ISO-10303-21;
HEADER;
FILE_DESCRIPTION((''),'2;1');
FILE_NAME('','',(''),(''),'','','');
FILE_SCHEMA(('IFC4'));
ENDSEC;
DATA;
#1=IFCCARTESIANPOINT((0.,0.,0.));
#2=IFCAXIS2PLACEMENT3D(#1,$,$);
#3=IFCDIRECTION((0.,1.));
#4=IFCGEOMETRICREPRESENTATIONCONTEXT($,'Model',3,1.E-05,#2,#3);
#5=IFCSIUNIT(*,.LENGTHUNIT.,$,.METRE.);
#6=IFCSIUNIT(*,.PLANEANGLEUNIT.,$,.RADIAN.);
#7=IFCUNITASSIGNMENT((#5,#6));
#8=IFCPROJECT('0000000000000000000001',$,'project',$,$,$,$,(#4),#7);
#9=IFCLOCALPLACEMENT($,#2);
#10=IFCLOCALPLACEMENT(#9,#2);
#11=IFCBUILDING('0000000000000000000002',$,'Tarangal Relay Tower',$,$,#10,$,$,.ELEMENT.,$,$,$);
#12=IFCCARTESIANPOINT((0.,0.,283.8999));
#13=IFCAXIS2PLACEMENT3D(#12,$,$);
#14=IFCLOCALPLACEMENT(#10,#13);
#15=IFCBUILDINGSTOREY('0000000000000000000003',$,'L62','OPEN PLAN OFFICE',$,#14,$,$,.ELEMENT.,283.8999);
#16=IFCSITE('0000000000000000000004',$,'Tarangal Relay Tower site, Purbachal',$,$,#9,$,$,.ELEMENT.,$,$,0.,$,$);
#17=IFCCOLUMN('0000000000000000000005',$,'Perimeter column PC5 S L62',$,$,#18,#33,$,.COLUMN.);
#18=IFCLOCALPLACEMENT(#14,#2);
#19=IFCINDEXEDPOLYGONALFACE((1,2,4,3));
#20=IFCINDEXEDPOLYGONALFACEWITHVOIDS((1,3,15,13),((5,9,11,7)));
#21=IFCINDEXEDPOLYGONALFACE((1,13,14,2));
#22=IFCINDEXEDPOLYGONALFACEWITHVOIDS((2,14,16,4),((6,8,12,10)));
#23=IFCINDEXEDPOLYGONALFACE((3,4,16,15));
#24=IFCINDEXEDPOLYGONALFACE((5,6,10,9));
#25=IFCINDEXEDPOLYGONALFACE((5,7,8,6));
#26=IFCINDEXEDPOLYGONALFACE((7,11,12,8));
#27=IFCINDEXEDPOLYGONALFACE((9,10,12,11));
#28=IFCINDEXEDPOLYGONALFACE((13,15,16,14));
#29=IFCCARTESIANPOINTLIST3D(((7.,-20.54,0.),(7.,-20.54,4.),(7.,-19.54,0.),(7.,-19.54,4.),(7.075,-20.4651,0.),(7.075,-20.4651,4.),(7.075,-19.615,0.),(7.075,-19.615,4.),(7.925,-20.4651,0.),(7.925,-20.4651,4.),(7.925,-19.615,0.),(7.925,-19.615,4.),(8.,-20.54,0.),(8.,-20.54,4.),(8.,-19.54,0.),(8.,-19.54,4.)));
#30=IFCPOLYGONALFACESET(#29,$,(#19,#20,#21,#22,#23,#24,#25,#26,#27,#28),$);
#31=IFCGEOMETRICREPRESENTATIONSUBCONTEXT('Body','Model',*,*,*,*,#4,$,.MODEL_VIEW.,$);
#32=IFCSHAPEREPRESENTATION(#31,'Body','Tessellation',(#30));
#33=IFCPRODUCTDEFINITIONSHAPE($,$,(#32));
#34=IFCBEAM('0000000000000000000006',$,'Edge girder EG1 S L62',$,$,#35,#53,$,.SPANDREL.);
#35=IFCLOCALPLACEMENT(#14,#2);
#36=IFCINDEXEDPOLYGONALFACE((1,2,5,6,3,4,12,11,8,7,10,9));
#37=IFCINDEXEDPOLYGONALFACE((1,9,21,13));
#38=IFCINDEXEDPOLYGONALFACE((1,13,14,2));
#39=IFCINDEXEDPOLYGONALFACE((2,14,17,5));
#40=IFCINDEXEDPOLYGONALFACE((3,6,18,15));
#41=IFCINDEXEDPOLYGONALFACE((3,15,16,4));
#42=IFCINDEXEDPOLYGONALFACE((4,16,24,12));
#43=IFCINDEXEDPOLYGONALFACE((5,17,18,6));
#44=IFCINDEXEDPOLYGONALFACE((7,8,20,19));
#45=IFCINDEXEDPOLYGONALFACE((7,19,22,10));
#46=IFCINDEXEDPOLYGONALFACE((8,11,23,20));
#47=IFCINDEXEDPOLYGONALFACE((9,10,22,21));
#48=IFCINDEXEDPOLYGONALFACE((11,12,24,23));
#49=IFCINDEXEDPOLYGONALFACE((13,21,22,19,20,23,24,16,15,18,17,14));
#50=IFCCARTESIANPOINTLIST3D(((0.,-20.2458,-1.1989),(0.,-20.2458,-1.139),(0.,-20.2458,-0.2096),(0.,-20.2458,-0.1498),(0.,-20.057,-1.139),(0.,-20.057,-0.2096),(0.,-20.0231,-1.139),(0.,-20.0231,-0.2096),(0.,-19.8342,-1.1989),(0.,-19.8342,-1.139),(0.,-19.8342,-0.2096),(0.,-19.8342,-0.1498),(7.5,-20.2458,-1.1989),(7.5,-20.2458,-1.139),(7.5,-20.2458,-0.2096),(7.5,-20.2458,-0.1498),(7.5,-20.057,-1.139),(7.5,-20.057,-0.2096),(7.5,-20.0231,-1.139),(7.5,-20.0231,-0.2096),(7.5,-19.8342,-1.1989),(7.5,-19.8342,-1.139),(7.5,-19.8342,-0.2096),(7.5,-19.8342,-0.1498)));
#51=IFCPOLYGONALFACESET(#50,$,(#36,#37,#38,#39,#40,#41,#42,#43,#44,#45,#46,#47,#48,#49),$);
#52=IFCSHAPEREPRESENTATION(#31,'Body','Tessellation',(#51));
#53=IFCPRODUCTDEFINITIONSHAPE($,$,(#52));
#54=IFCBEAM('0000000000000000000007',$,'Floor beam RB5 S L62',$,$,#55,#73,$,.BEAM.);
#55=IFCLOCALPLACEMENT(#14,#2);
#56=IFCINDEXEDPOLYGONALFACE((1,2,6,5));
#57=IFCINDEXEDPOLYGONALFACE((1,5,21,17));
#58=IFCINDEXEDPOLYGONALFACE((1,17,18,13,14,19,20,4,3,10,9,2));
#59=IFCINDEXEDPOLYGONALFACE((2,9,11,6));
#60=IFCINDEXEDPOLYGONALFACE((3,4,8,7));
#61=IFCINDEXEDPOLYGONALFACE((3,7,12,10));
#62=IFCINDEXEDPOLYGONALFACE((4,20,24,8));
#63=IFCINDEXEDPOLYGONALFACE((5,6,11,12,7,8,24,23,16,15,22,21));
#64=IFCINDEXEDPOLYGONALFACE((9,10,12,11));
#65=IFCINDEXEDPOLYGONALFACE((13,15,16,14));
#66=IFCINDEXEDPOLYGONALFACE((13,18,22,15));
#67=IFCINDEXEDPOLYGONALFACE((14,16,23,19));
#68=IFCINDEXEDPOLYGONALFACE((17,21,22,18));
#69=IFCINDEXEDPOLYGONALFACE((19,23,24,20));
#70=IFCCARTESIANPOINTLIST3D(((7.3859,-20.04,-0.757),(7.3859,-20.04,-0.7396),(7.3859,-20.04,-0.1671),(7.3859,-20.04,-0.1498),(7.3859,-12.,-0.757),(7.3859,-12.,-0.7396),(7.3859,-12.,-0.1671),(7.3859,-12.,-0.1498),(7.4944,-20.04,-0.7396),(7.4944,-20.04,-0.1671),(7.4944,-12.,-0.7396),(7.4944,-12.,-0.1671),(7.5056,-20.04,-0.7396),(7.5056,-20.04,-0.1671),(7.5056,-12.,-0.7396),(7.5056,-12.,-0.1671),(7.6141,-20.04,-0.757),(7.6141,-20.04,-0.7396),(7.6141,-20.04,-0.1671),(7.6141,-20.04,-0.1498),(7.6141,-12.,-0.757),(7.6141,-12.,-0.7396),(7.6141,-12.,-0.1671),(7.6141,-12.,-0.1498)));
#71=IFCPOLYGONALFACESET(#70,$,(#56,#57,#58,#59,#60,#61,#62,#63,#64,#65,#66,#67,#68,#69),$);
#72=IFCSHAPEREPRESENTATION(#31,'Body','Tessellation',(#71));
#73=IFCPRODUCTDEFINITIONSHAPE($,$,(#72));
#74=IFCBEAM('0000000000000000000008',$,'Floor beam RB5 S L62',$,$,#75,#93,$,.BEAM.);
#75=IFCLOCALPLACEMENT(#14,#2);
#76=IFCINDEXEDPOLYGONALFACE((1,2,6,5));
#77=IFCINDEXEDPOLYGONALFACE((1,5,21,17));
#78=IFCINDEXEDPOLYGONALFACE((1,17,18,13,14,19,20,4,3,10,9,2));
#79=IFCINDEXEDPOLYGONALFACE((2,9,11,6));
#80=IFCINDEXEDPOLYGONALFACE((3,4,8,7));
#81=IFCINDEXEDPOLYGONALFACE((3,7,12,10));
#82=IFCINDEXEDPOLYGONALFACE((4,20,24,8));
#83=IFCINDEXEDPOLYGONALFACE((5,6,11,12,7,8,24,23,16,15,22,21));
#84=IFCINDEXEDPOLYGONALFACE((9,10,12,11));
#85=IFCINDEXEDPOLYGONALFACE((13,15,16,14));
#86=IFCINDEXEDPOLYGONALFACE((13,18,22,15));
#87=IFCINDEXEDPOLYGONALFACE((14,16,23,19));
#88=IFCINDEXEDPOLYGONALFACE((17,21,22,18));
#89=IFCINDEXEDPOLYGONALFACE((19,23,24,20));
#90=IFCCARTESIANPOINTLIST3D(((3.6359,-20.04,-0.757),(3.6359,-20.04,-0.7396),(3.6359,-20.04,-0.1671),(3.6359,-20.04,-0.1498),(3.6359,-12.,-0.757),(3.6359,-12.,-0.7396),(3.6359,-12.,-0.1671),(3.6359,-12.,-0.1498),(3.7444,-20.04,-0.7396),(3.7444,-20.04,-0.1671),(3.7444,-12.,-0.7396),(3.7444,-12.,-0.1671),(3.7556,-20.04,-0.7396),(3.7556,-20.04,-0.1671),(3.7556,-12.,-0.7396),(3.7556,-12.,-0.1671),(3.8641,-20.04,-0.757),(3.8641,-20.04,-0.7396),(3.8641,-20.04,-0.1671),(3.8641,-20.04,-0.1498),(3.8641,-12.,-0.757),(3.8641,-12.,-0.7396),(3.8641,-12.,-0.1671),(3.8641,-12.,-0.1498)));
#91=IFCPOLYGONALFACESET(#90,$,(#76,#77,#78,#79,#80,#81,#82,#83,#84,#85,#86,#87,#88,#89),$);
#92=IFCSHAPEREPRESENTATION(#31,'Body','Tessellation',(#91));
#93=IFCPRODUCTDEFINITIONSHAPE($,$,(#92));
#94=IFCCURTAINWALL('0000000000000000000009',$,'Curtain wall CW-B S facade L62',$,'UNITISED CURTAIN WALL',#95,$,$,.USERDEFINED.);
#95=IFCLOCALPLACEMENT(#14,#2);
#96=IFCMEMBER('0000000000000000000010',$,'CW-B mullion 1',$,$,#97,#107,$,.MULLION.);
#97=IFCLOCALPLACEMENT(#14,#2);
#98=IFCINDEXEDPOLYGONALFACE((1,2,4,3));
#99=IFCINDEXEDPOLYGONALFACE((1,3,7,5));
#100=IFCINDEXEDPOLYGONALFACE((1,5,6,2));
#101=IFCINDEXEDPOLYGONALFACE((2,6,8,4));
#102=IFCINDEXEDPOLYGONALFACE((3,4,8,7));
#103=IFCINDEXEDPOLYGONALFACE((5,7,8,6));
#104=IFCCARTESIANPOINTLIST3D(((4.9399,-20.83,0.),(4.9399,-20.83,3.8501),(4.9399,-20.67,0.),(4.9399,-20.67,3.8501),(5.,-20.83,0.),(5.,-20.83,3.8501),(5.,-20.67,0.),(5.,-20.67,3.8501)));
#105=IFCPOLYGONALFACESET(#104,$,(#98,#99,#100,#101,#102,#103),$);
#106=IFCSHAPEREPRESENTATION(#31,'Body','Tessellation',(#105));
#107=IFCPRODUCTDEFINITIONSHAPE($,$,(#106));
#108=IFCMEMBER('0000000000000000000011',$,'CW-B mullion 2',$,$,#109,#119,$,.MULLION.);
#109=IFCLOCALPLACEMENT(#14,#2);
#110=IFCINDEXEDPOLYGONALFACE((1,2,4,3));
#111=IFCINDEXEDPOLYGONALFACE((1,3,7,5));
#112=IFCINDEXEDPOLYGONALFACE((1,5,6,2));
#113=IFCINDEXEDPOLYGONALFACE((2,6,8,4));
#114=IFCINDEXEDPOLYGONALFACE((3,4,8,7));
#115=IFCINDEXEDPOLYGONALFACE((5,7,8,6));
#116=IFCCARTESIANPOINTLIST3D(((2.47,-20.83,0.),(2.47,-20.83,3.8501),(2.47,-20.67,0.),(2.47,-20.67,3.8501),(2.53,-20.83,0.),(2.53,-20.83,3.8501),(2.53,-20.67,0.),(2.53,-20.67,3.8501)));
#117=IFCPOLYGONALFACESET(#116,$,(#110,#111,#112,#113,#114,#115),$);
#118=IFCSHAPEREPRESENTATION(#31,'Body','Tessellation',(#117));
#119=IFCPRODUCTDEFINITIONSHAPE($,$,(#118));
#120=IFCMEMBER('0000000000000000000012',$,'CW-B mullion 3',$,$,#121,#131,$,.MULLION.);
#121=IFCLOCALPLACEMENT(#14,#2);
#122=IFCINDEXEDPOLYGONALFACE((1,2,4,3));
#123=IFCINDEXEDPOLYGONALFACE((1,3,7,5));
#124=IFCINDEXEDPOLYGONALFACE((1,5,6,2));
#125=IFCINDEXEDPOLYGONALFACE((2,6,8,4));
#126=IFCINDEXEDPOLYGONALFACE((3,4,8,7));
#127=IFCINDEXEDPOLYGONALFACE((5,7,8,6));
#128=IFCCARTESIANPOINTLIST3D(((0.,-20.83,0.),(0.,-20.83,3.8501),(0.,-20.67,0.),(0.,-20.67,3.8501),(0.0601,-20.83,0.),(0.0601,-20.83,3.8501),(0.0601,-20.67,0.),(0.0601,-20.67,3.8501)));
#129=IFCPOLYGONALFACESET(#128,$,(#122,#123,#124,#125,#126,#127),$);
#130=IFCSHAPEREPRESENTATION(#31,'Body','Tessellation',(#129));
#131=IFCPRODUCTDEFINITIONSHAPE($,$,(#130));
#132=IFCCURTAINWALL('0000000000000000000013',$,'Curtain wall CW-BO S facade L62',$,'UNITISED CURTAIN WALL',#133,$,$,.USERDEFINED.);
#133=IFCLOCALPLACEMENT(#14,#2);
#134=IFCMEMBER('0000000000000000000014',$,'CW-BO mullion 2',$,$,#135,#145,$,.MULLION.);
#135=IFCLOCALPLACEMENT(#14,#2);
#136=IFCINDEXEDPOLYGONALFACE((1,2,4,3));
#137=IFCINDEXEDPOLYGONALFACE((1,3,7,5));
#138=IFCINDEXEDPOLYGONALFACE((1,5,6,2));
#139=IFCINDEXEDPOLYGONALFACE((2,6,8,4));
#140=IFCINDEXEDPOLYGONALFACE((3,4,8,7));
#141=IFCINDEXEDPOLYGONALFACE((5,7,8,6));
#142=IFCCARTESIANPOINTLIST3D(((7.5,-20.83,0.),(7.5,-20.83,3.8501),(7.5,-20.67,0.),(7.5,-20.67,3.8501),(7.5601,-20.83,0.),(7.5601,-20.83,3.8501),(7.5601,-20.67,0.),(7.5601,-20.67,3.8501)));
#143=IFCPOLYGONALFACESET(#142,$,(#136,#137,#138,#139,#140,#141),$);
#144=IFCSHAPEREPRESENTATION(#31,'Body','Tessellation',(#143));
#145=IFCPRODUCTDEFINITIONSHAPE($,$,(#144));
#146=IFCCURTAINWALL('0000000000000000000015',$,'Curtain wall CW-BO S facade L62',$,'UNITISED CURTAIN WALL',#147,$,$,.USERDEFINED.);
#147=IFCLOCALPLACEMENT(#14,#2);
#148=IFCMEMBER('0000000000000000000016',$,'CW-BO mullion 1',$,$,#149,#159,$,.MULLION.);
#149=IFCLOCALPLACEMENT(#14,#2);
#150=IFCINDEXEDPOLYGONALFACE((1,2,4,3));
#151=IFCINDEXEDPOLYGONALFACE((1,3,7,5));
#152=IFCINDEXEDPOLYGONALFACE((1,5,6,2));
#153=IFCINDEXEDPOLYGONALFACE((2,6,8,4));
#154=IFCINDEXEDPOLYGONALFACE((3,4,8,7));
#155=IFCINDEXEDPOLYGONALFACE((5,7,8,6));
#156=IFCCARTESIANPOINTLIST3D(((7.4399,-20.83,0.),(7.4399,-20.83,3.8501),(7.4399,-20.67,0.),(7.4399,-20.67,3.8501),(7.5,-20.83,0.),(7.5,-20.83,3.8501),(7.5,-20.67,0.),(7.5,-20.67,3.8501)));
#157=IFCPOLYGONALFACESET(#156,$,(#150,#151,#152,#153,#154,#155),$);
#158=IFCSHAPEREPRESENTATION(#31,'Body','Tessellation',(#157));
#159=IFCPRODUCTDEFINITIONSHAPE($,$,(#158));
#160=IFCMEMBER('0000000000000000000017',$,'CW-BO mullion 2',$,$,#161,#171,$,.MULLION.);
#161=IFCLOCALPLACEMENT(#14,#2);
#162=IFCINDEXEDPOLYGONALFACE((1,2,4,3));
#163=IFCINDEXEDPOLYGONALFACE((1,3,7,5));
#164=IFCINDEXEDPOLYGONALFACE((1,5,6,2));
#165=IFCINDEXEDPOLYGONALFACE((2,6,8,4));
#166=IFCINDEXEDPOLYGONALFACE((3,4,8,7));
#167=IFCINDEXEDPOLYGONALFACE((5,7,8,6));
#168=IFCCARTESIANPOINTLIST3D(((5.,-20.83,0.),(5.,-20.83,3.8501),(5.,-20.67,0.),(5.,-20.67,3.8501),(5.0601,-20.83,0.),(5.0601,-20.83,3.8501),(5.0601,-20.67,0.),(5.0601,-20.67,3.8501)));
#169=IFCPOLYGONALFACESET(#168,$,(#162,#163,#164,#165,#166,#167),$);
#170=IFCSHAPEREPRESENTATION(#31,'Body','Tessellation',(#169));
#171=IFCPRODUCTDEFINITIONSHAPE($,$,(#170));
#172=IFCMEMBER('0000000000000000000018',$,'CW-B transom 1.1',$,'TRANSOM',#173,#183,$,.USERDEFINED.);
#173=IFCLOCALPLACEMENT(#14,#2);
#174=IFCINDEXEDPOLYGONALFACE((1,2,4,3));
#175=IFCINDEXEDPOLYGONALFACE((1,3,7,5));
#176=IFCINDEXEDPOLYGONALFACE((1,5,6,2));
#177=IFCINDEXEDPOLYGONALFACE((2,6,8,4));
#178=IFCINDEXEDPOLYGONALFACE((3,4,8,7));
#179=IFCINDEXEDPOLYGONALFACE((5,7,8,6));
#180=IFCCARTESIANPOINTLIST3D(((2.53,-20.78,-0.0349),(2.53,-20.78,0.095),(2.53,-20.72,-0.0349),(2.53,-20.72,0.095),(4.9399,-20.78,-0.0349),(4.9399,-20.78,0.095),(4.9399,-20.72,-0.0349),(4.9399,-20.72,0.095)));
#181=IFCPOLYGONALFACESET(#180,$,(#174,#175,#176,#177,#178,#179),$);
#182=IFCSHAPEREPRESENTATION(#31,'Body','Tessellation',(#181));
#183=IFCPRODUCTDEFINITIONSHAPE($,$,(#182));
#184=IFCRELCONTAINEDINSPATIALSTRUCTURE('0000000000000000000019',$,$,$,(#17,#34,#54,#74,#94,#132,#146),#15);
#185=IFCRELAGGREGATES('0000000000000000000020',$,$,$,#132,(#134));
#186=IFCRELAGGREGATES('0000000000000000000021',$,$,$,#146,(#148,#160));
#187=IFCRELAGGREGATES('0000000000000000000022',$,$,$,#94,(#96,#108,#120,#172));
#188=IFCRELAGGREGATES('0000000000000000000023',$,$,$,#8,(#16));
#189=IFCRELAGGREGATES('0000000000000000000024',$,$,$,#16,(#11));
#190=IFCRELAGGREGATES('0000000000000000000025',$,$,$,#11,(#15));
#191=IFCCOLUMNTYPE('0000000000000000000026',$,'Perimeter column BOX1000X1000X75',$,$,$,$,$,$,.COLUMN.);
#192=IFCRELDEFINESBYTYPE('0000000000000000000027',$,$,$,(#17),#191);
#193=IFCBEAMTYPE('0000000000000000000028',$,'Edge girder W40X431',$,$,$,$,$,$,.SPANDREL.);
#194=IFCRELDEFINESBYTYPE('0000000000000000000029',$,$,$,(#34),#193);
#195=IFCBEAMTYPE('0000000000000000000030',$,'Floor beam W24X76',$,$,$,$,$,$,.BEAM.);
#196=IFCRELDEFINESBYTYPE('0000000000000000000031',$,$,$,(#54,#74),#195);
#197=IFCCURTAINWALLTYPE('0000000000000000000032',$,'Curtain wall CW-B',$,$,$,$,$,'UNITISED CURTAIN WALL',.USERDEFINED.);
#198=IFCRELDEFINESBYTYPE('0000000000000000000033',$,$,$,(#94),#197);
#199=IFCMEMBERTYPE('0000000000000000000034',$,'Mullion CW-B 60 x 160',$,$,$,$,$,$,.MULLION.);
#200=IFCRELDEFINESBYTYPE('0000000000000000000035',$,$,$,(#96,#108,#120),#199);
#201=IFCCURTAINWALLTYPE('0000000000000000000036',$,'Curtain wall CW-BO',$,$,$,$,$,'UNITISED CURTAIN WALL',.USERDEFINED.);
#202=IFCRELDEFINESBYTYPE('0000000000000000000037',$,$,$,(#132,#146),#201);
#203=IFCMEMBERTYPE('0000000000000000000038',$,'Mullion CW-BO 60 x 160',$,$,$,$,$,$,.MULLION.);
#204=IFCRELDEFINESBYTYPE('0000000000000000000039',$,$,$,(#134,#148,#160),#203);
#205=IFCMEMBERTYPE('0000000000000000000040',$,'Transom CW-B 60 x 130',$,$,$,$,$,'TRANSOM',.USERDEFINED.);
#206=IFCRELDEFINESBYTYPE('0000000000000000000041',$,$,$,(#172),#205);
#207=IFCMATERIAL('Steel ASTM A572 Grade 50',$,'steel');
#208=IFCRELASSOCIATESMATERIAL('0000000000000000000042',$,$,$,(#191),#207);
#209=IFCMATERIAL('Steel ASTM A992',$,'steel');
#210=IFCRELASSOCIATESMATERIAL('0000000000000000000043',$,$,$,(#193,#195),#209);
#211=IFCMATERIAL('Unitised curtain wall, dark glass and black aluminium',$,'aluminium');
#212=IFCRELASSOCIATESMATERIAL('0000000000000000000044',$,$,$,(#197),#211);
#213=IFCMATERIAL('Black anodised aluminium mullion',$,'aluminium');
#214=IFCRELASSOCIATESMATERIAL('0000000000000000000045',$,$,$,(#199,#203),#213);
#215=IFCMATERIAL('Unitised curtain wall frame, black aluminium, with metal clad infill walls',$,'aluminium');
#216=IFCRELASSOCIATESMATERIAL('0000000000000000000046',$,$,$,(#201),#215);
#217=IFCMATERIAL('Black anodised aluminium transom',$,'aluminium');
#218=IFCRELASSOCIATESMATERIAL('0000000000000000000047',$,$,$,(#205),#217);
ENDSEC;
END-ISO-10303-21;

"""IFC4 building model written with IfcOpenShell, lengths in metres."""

from ifc_helpers import new_model, si_unit, direction, frame, origin, origin_2d, place, context, subcontext, project, spatial, rectangle, hollow_rectangle, i_section, extrude, material, material_profile, profile_set, type_object, element, aggregate, save


model = new_model("IFC4")

# Units and contexts
model_context = context("Model", 3, precision=1e-05, world=origin(), true_north=direction((0.0, 1.0)))
body_context = subcontext(model_context, "Body", "Model", "MODEL_VIEW")
ifc_project = project(units=[si_unit("LENGTHUNIT", "METRE"), si_unit("PLANEANGLEUNIT", "RADIAN")], contexts=[model_context])

# Site, building, storey
site_placement = place(None, origin())
site = spatial("IfcSite", under=ifc_project, at=site_placement, Name="Tarangal Relay Tower site, Purbachal", CompositionType="ELEMENT", RefElevation=0.0)
building_placement = place(site_placement, origin())
building = spatial("IfcBuilding", under=site, at=building_placement, Name="Tarangal Relay Tower", CompositionType="ELEMENT")
storey_placement = place(building_placement, frame((0.0, 0.0, 283.8999)))
storey = spatial("IfcBuildingStorey", under=building, at=storey_placement, Name="L62", Description="OPEN PLAN OFFICE", CompositionType="ELEMENT", Elevation=283.8999)

# Column
ifc_material_1 = material(Name="Steel ASTM A572 Grade 50", Category="steel")
ifc_material_profile_1 = material_profile(ifc_material_1, hollow_rectangle(XDim=1.0, YDim=1.0, WallThickness=0.075, at=origin_2d()), Name="BOX1000X1000X75")
ifc_profile_set_1 = profile_set([ifc_material_profile_1], Name="Steel ASTM A572 Grade 50")
column_type = type_object("IfcColumnType", Name="Perimeter column BOX1000X1000X75", PredefinedType="COLUMN", material=ifc_profile_set_1)
column_placement = place(storey_placement, frame((7.5, -20.04, 0.0), z_axis=(0.0, 0.0, 1.0), x_axis=(1.0, 0.0, 0.0)))
element("IfcColumn", 1, at=column_placement, inside=storey, type_object=column_type, Name="Perimeter column PC5 S L62", PredefinedType="COLUMN", context=body_context, shape_type="SweptSolid", body=[
    extrude(hollow_rectangle(XDim=1.0, YDim=1.0, WallThickness=0.075, at=origin_2d()), origin(), (0.0, 0.0, 1.0), 4.0),
])

# Beams
ifc_material_2 = material(Name="Steel ASTM A992", Category="steel")
ifc_material_profile_2 = material_profile(ifc_material_2, i_section(OverallWidth=0.4116, OverallDepth=1.0491, WebThickness=0.0339, FlangeThickness=0.0598, at=origin_2d()), Name="W40X431")
ifc_profile_set_2 = profile_set([ifc_material_profile_2], Name="Steel ASTM A992")
beam_type_1 = type_object("IfcBeamType", Name="Edge girder W40X431", PredefinedType="SPANDREL", material=ifc_profile_set_2)
beam_placement = place(storey_placement, frame((7.5, -20.04, -0.6743), z_axis=(-1.0, 0.0, 0.0), x_axis=(0.0, -1.0, 0.0)))
element("IfcBeam", 2, at=beam_placement, inside=storey, type_object=beam_type_1, Name="Edge girder EG1 S L62", PredefinedType="SPANDREL", context=body_context, shape_type="SweptSolid", body=[
    extrude(i_section(OverallWidth=0.4116, OverallDepth=1.0491, WebThickness=0.0339, FlangeThickness=0.0598, at=origin_2d()), origin(), (0.0, 0.0, 1.0), 7.5),
])
ifc_material_profile_3 = material_profile(ifc_material_2, i_section(OverallWidth=0.2283, OverallDepth=0.6072, WebThickness=0.0112, FlangeThickness=0.0173, at=origin_2d()), Name="W24X76")
ifc_profile_set_3 = profile_set([ifc_material_profile_3], Name="Steel ASTM A992")
beam_type_2 = type_object("IfcBeamType", Name="Floor beam W24X76", PredefinedType="BEAM", material=ifc_profile_set_3)
for number, where, z_axis, x_axis, name in (
    (3, (7.5, -12.0, -0.4534), (0.0, -1.0, 0.0), (1.0, 0.0, 0.0), "Floor beam RB5 S L62"),
    (4, (3.75, -12.0, -0.4534), (0.0, -1.0, 0.0), (1.0, 0.0, 0.0), "Floor beam RB5 S L62"),
):
    element("IfcBeam", number, at=place(storey_placement, frame(where, z_axis=z_axis, x_axis=x_axis)), inside=storey, type_object=beam_type_2, Name=name, PredefinedType="BEAM", context=body_context, shape_type="SweptSolid", body=[
        extrude(i_section(OverallWidth=0.2283, OverallDepth=0.6072, WebThickness=0.0112, FlangeThickness=0.0173, at=origin_2d()), origin(), (0.0, 0.0, 1.0), 8.04),
    ])

# Curtain wall, members
ifc_material_3 = material(Name="Unitised curtain wall, dark glass and black aluminium", Category="aluminium")
curtain_wall_type_1 = type_object("IfcCurtainWallType", Name="Curtain wall CW-B", ElementType="UNITISED CURTAIN WALL", PredefinedType="USERDEFINED", material=ifc_material_3)
curtain_wall_1_placement = place(storey_placement, origin())
curtain_wall_1 = element("IfcCurtainWall", 5, at=curtain_wall_1_placement, inside=storey, type_object=curtain_wall_type_1, Name="Curtain wall CW-B S facade L62", ObjectType="UNITISED CURTAIN WALL", PredefinedType="USERDEFINED")
ifc_material_4 = material(Name="Black anodised aluminium mullion", Category="aluminium")
ifc_material_profile_4 = material_profile(ifc_material_4, rectangle(XDim=0.1599, YDim=0.0601, at=origin_2d()), Name="CW-BM 60X160")
ifc_profile_set_4 = profile_set([ifc_material_profile_4], Name="Black anodised aluminium mullion")
member_type_1 = type_object("IfcMemberType", Name="Mullion CW-B 60 x 160", PredefinedType="MULLION", material=ifc_profile_set_4)
member_1_placement = place(storey_placement, frame((4.97, -20.75, 0.0), z_axis=(0.0, 0.0, 1.0), x_axis=(0.0, -1.0, 0.0)))
member_1 = element("IfcMember", 6, at=member_1_placement, type_object=member_type_1, Name="CW-B mullion 1", PredefinedType="MULLION", context=body_context, shape_type="SweptSolid", body=[
    extrude(rectangle(XDim=0.1599, YDim=0.0601, at=origin_2d()), origin(), (0.0, 0.0, 1.0), 3.8501),
])
member_2_placement = place(storey_placement, frame((2.5, -20.75, 0.0), z_axis=(0.0, 0.0, 1.0), x_axis=(0.0, -1.0, 0.0)))
member_2 = element("IfcMember", 7, at=member_2_placement, type_object=member_type_1, Name="CW-B mullion 2", PredefinedType="MULLION", context=body_context, shape_type="SweptSolid", body=[
    extrude(rectangle(XDim=0.1599, YDim=0.0601, at=origin_2d()), origin(), (0.0, 0.0, 1.0), 3.8501),
])
member_3_placement = place(storey_placement, frame((0.03, -20.75, 0.0), z_axis=(0.0, 0.0, 1.0), x_axis=(0.0, -1.0, 0.0)))
member_3 = element("IfcMember", 8, at=member_3_placement, type_object=member_type_1, Name="CW-B mullion 3", PredefinedType="MULLION", context=body_context, shape_type="SweptSolid", body=[
    extrude(rectangle(XDim=0.1599, YDim=0.0601, at=origin_2d()), origin(), (0.0, 0.0, 1.0), 3.8501),
])

# Curtain wall, member
ifc_material_5 = material(Name="Unitised curtain wall frame, black aluminium, with metal clad infill walls", Category="aluminium")
curtain_wall_type_2 = type_object("IfcCurtainWallType", Name="Curtain wall CW-BO", ElementType="UNITISED CURTAIN WALL", PredefinedType="USERDEFINED", material=ifc_material_5)
curtain_wall_2_placement = place(storey_placement, origin())
curtain_wall_2 = element("IfcCurtainWall", 9, at=curtain_wall_2_placement, inside=storey, type_object=curtain_wall_type_2, Name="Curtain wall CW-BO S facade L62", ObjectType="UNITISED CURTAIN WALL", PredefinedType="USERDEFINED")
ifc_material_profile_5 = material_profile(ifc_material_4, rectangle(XDim=0.1599, YDim=0.0601, at=origin_2d()), Name="CW-BOM 60X160")
ifc_profile_set_5 = profile_set([ifc_material_profile_5], Name="Black anodised aluminium mullion")
member_type_2 = type_object("IfcMemberType", Name="Mullion CW-BO 60 x 160", PredefinedType="MULLION", material=ifc_profile_set_5)
member_4_placement = place(storey_placement, frame((7.53, -20.75, 0.0), z_axis=(0.0, 0.0, 1.0), x_axis=(0.0, -1.0, 0.0)))
member_4 = element("IfcMember", 10, at=member_4_placement, type_object=member_type_2, Name="CW-BO mullion 2", PredefinedType="MULLION", context=body_context, shape_type="SweptSolid", body=[
    extrude(rectangle(XDim=0.1599, YDim=0.0601, at=origin_2d()), origin(), (0.0, 0.0, 1.0), 3.8501),
])

# Curtain wall, members
curtain_wall_3_placement = place(storey_placement, origin())
curtain_wall_3 = element("IfcCurtainWall", 11, at=curtain_wall_3_placement, inside=storey, type_object=curtain_wall_type_2, Name="Curtain wall CW-BO S facade L62", ObjectType="UNITISED CURTAIN WALL", PredefinedType="USERDEFINED")
member_5_placement = place(storey_placement, frame((7.47, -20.75, 0.0), z_axis=(0.0, 0.0, 1.0), x_axis=(0.0, -1.0, 0.0)))
member_5 = element("IfcMember", 12, at=member_5_placement, type_object=member_type_2, Name="CW-BO mullion 1", PredefinedType="MULLION", context=body_context, shape_type="SweptSolid", body=[
    extrude(rectangle(XDim=0.1599, YDim=0.0601, at=origin_2d()), origin(), (0.0, 0.0, 1.0), 3.8501),
])
member_6_placement = place(storey_placement, frame((5.03, -20.75, 0.0), z_axis=(0.0, 0.0, 1.0), x_axis=(0.0, -1.0, 0.0)))
member_6 = element("IfcMember", 13, at=member_6_placement, type_object=member_type_2, Name="CW-BO mullion 2", PredefinedType="MULLION", context=body_context, shape_type="SweptSolid", body=[
    extrude(rectangle(XDim=0.1599, YDim=0.0601, at=origin_2d()), origin(), (0.0, 0.0, 1.0), 3.8501),
])

# Member
ifc_material_6 = material(Name="Black anodised aluminium transom", Category="aluminium")
ifc_material_profile_6 = material_profile(ifc_material_6, rectangle(XDim=0.0601, YDim=0.1299, at=origin_2d()), Name="CW-BT 60X130")
ifc_profile_set_6 = profile_set([ifc_material_profile_6], Name="Black anodised aluminium transom")
member_type_3 = type_object("IfcMemberType", Name="Transom CW-B 60 x 130", ElementType="TRANSOM", PredefinedType="USERDEFINED", material=ifc_profile_set_6)
member_7_placement = place(storey_placement, frame((4.9399, -20.75, 0.03), z_axis=(-1.0, 0.0, 0.0), x_axis=(0.0, -1.0, 0.0)))
member_7 = element("IfcMember", 14, at=member_7_placement, type_object=member_type_3, Name="CW-B transom 1.1", ObjectType="TRANSOM", PredefinedType="USERDEFINED", context=body_context, shape_type="SweptSolid", body=[
    extrude(rectangle(XDim=0.0601, YDim=0.1299, at=origin_2d()), origin(), (0.0, 0.0, 1.0), 2.4099),
])
aggregate(curtain_wall_2, [member_4])
aggregate(curtain_wall_3, [member_5, member_6])

aggregate(curtain_wall_1, [member_1, member_2, member_3, member_7])

save(model, "model.ifc")
